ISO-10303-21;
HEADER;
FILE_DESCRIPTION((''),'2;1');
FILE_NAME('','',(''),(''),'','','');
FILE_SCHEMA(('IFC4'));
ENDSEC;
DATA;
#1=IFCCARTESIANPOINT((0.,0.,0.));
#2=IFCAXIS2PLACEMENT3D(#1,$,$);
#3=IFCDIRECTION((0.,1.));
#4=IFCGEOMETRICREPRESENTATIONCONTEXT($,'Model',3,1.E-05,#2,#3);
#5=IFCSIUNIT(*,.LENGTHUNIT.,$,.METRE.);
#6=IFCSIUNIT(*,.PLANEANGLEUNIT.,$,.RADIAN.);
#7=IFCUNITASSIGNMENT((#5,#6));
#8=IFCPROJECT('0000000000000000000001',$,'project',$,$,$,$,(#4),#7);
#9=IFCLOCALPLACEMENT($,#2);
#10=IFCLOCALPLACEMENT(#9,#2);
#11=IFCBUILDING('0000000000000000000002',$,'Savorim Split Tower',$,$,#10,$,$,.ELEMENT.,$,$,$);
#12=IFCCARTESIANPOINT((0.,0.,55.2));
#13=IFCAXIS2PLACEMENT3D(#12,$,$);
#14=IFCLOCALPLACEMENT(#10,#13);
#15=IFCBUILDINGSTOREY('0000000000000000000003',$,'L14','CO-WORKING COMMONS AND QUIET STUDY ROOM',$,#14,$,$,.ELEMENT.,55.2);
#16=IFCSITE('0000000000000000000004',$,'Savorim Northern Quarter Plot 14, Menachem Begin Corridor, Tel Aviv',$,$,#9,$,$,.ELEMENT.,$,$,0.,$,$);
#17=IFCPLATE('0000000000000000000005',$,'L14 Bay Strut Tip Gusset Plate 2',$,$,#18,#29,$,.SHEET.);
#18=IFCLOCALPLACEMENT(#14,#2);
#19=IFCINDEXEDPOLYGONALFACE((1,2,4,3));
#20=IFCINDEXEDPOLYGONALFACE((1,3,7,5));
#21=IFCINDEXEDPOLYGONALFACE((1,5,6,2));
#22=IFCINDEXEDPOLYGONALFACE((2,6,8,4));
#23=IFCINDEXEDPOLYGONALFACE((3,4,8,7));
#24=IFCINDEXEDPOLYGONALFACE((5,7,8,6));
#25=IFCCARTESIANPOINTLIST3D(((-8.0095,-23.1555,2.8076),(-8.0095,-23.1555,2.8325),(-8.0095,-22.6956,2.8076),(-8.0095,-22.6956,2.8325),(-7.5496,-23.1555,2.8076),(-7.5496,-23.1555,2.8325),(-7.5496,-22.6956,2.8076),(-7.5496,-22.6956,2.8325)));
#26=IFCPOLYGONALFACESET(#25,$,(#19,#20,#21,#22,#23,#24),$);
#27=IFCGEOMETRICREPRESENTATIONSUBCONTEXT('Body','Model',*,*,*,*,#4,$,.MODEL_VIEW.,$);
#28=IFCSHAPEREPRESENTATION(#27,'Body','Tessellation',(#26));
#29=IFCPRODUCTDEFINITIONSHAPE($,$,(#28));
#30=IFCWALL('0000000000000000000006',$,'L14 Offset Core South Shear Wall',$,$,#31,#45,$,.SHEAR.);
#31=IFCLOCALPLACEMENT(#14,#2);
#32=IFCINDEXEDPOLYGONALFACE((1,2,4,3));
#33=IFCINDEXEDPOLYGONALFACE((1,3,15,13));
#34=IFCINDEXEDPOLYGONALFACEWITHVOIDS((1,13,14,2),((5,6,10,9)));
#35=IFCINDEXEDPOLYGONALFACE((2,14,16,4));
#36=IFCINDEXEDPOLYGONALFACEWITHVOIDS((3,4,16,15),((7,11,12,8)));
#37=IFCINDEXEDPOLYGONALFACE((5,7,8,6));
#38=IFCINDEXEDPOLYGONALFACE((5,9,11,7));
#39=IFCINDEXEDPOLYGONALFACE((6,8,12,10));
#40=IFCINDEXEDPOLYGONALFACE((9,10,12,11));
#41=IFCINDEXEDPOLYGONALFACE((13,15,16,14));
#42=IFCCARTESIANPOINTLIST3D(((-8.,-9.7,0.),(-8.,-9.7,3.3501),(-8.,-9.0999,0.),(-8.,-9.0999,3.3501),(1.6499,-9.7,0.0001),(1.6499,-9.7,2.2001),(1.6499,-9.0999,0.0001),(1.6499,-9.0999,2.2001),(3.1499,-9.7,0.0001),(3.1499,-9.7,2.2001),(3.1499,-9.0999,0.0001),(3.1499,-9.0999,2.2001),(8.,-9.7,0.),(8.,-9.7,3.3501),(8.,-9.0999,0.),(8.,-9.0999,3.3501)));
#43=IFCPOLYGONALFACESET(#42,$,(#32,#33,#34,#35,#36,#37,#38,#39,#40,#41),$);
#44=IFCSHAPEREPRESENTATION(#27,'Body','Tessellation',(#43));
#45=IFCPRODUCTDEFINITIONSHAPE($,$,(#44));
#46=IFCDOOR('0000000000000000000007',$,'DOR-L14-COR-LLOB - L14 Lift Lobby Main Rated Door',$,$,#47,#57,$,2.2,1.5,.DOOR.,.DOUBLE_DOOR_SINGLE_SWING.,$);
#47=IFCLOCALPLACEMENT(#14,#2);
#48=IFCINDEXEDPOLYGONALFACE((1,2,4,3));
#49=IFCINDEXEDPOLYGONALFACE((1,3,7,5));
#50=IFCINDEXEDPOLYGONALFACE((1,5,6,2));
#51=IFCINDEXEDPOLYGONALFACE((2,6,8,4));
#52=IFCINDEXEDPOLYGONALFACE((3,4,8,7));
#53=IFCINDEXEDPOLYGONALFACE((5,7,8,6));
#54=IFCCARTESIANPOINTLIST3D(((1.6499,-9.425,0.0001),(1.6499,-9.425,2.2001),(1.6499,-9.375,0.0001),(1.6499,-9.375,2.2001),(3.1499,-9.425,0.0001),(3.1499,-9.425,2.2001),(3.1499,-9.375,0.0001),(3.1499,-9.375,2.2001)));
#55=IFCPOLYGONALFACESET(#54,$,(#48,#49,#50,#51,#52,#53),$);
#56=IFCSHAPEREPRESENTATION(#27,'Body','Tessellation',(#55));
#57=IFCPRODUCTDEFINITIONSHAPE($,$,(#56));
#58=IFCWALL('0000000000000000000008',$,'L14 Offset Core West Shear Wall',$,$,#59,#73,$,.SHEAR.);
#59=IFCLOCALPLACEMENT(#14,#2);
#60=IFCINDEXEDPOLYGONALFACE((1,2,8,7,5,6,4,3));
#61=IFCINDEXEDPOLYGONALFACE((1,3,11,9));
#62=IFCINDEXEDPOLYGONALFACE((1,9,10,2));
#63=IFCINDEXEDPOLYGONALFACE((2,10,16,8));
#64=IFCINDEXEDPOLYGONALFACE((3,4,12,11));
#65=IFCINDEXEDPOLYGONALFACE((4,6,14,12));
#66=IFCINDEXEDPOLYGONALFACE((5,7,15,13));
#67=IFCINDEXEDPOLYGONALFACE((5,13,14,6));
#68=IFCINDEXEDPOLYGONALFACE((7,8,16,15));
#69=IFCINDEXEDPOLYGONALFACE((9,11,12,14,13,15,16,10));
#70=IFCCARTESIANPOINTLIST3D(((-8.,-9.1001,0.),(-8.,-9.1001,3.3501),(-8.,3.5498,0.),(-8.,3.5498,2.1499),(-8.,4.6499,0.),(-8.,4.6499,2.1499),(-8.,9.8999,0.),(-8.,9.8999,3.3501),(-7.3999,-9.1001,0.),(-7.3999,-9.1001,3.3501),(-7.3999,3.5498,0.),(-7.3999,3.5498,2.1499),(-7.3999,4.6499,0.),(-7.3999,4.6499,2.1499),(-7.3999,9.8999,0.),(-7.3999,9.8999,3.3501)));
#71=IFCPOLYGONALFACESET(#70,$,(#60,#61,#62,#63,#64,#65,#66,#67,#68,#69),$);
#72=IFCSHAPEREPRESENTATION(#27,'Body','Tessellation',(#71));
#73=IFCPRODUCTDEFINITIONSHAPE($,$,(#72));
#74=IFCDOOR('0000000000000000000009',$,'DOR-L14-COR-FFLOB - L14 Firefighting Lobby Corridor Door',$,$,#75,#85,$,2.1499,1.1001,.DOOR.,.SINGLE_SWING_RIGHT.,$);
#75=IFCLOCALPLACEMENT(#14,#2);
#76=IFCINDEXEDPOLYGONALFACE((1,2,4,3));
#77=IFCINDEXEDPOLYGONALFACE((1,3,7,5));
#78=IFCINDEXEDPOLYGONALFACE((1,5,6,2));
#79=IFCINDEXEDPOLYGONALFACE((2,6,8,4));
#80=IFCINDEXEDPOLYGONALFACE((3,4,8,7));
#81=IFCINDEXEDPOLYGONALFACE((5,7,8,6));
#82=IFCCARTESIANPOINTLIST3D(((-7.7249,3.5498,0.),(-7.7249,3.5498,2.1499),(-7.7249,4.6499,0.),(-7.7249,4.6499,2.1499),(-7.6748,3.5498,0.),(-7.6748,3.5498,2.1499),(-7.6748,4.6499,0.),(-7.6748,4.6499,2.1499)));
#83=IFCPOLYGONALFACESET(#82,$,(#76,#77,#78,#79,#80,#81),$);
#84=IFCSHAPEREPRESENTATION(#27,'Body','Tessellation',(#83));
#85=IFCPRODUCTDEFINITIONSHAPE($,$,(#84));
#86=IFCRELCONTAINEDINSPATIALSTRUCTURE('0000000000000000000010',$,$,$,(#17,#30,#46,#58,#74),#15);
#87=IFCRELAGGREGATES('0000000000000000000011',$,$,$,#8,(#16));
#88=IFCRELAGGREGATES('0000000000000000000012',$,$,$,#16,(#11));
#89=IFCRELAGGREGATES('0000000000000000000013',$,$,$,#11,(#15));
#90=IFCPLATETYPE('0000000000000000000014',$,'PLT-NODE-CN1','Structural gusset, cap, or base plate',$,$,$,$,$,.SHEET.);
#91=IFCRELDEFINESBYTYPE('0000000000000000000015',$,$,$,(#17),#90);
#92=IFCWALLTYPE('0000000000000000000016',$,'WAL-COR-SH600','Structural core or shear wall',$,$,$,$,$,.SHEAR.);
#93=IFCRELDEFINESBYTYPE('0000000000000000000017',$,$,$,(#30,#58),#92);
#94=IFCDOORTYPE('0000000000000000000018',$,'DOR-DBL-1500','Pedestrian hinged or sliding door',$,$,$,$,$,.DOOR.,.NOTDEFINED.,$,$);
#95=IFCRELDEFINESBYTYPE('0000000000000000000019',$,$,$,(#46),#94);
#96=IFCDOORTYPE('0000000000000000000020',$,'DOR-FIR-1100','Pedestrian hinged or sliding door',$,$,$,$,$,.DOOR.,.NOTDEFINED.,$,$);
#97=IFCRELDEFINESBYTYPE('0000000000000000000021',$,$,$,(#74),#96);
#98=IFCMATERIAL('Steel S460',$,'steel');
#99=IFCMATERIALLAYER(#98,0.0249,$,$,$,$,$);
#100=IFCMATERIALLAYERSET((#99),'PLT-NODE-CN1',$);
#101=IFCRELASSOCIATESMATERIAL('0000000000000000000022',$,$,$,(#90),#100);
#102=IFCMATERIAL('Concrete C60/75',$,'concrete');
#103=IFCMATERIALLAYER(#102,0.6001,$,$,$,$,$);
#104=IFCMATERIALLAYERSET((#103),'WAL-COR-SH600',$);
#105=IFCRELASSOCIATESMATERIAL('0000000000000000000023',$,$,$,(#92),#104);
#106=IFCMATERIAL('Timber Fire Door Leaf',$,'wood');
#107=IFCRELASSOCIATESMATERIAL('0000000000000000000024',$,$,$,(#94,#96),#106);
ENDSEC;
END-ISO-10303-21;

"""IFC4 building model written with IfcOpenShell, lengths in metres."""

from ifc_helpers import new_model, si_unit, direction, frame, frame_2d, origin, origin_2d, place, context, subcontext, project, spatial, rectangle, extrude, material, layer, layer_set, type_object, element, fill, save


model = new_model("IFC4")

# Units and contexts
model_context = context("Model", 3, precision=1e-05, world=origin(), true_north=direction((0.0, 1.0)))
body_context = subcontext(model_context, "Body", "Model", "MODEL_VIEW")
ifc_project = project(units=[si_unit("LENGTHUNIT", "METRE"), si_unit("PLANEANGLEUNIT", "RADIAN")], contexts=[model_context])

# Site, building, storey
site_placement = place(None, origin())
site = spatial("IfcSite", under=ifc_project, at=site_placement, Name="Savorim Northern Quarter Plot 14, Menachem Begin Corridor, Tel Aviv", CompositionType="ELEMENT", RefElevation=0.0)
building_placement = place(site_placement, origin())
building = spatial("IfcBuilding", under=site, at=building_placement, Name="Savorim Split Tower", CompositionType="ELEMENT")
storey_placement = place(building_placement, frame((0.0, 0.0, 55.2)))
storey = spatial("IfcBuildingStorey", under=building, at=storey_placement, Name="L14", Description="CO-WORKING COMMONS AND QUIET STUDY ROOM", CompositionType="ELEMENT", Elevation=55.2)

# Shared definitions
ifc_material_1 = material(Name="Steel S460", Category="steel")

# Plate
ifc_layer_1 = layer(ifc_material_1, 0.0249)
ifc_layer_set_1 = layer_set([ifc_layer_1], Name="PLT-NODE-CN1")
plate_type_1 = type_object("IfcPlateType", Name="PLT-NODE-CN1", Description="Structural gusset, cap, or base plate", PredefinedType="SHEET", material=ifc_layer_set_1)
plate_1_placement = place(storey_placement, frame((-7.7795, -22.9255, 2.8076), z_axis=(0.0, 0.0, 1.0), x_axis=(1.0, 0.0, 0.0)))
element("IfcPlate", 1, at=plate_1_placement, inside=storey, type_object=plate_type_1, Name="L14 Bay Strut Tip Gusset Plate 2", PredefinedType="SHEET", context=body_context, shape_type="SweptSolid", body=[
    extrude(rectangle(XDim=0.46, YDim=0.46, at=origin_2d()), origin(), (0.0, 0.0, 1.0), 0.0249),
])

# Walls, openings, doors
ifc_material_2 = material(Name="Concrete C60/75", Category="concrete")
ifc_layer_2 = layer(ifc_material_2, 0.6001)
ifc_layer_set_2 = layer_set([ifc_layer_2], Name="WAL-COR-SH600")
wall_type_1 = type_object("IfcWallType", Name="WAL-COR-SH600", Description="Structural core or shear wall", PredefinedType="SHEAR", material=ifc_layer_set_2)
wall_1_placement = place(storey_placement, frame((-8.0, -9.3999, 0.0), z_axis=(0.0, 0.0, 1.0), x_axis=(1.0, 0.0, 0.0)))
wall_1 = element("IfcWall", 2, at=wall_1_placement, inside=storey, type_object=wall_type_1, Name="L14 Offset Core South Shear Wall", PredefinedType="SHEAR", context=body_context, shape_type="SweptSolid", body=[
    extrude(rectangle(XDim=16.0, YDim=0.6001, at=frame_2d((8.0, 0.0))), origin(), (0.0, 0.0, 1.0), 3.3501),
])
opening_1_placement = place(wall_1_placement, frame((9.6499, 0.0, 0.0)))
opening_1 = element("IfcOpeningElement", 3, at=opening_1_placement, cuts=wall_1, PredefinedType="OPENING", context=body_context, shape_type="SweptSolid", body=[
    extrude(rectangle(XDim=1.5, YDim=2.2, at=frame_2d((0.75, 1.1001))), frame((0.0, 0.3101, 0.0), z_axis=(0.0, -1.0, 0.0), x_axis=(1.0, 0.0, 0.0)), (0.0, 0.0, 1.0), 0.6201),
])
ifc_material_3 = material(Name="Timber Fire Door Leaf", Category="wood")
door_type_1 = type_object("IfcDoorType", Name="DOR-DBL-1500", Description="Pedestrian hinged or sliding door", OperationType="NOTDEFINED", PredefinedType="DOOR", material=ifc_material_3)
door_1_placement = place(opening_1_placement, origin())
door_1 = element("IfcDoor", 4, at=door_1_placement, inside=storey, type_object=door_type_1, Name="DOR-L14-COR-LLOB - L14 Lift Lobby Main Rated Door", OperationType="DOUBLE_DOOR_SINGLE_SWING", OverallHeight=2.2, OverallWidth=1.5, PredefinedType="DOOR", context=body_context, shape_type="SweptSolid", body=[
    extrude(rectangle(XDim=1.5, YDim=2.2, at=frame_2d((0.75, 1.1001))), frame((0.0, 0.0249, 0.0), z_axis=(0.0, -1.0, 0.0), x_axis=(1.0, 0.0, 0.0)), (0.0, 0.0, 1.0), 0.05),
])
fill(opening_1, door_1)
wall_2_placement = place(storey_placement, frame((-7.7, -9.1001, 0.0), z_axis=(0.0, 0.0, 1.0), x_axis=(0.0, 1.0, 0.0)))
wall_2 = element("IfcWall", 5, at=wall_2_placement, inside=storey, type_object=wall_type_1, Name="L14 Offset Core West Shear Wall", PredefinedType="SHEAR", context=body_context, shape_type="SweptSolid", body=[
    extrude(rectangle(XDim=19.0, YDim=0.6001, at=frame_2d((9.5, 0.0))), origin(), (0.0, 0.0, 1.0), 3.3501),
])
opening_2_placement = place(wall_2_placement, frame((12.6499, 0.0, 0.0)))
opening_2 = element("IfcOpeningElement", 6, at=opening_2_placement, cuts=wall_2, PredefinedType="OPENING", context=body_context, shape_type="SweptSolid", body=[
    extrude(rectangle(XDim=1.1001, YDim=2.1499, at=frame_2d((0.55, 1.075))), frame((0.0, 0.3101, 0.0), z_axis=(0.0, -1.0, 0.0), x_axis=(1.0, 0.0, 0.0)), (0.0, 0.0, 1.0), 0.6201),
])
door_type_2 = type_object("IfcDoorType", Name="DOR-FIR-1100", Description="Pedestrian hinged or sliding door", OperationType="NOTDEFINED", PredefinedType="DOOR", material=ifc_material_3)
door_2_placement = place(opening_2_placement, origin())
door_2 = element("IfcDoor", 7, at=door_2_placement, inside=storey, type_object=door_type_2, Name="DOR-L14-COR-FFLOB - L14 Firefighting Lobby Corridor Door", OperationType="SINGLE_SWING_RIGHT", OverallHeight=2.1499, OverallWidth=1.1001, PredefinedType="DOOR", context=body_context, shape_type="SweptSolid", body=[
    extrude(rectangle(XDim=1.1001, YDim=2.1499, at=frame_2d((0.55, 1.075))), frame((0.0, 0.0249, 0.0), z_axis=(0.0, -1.0, 0.0), x_axis=(1.0, 0.0, 0.0)), (0.0, 0.0, 1.0), 0.05),
])
fill(opening_2, door_2)

save(model, "model.ifc")
